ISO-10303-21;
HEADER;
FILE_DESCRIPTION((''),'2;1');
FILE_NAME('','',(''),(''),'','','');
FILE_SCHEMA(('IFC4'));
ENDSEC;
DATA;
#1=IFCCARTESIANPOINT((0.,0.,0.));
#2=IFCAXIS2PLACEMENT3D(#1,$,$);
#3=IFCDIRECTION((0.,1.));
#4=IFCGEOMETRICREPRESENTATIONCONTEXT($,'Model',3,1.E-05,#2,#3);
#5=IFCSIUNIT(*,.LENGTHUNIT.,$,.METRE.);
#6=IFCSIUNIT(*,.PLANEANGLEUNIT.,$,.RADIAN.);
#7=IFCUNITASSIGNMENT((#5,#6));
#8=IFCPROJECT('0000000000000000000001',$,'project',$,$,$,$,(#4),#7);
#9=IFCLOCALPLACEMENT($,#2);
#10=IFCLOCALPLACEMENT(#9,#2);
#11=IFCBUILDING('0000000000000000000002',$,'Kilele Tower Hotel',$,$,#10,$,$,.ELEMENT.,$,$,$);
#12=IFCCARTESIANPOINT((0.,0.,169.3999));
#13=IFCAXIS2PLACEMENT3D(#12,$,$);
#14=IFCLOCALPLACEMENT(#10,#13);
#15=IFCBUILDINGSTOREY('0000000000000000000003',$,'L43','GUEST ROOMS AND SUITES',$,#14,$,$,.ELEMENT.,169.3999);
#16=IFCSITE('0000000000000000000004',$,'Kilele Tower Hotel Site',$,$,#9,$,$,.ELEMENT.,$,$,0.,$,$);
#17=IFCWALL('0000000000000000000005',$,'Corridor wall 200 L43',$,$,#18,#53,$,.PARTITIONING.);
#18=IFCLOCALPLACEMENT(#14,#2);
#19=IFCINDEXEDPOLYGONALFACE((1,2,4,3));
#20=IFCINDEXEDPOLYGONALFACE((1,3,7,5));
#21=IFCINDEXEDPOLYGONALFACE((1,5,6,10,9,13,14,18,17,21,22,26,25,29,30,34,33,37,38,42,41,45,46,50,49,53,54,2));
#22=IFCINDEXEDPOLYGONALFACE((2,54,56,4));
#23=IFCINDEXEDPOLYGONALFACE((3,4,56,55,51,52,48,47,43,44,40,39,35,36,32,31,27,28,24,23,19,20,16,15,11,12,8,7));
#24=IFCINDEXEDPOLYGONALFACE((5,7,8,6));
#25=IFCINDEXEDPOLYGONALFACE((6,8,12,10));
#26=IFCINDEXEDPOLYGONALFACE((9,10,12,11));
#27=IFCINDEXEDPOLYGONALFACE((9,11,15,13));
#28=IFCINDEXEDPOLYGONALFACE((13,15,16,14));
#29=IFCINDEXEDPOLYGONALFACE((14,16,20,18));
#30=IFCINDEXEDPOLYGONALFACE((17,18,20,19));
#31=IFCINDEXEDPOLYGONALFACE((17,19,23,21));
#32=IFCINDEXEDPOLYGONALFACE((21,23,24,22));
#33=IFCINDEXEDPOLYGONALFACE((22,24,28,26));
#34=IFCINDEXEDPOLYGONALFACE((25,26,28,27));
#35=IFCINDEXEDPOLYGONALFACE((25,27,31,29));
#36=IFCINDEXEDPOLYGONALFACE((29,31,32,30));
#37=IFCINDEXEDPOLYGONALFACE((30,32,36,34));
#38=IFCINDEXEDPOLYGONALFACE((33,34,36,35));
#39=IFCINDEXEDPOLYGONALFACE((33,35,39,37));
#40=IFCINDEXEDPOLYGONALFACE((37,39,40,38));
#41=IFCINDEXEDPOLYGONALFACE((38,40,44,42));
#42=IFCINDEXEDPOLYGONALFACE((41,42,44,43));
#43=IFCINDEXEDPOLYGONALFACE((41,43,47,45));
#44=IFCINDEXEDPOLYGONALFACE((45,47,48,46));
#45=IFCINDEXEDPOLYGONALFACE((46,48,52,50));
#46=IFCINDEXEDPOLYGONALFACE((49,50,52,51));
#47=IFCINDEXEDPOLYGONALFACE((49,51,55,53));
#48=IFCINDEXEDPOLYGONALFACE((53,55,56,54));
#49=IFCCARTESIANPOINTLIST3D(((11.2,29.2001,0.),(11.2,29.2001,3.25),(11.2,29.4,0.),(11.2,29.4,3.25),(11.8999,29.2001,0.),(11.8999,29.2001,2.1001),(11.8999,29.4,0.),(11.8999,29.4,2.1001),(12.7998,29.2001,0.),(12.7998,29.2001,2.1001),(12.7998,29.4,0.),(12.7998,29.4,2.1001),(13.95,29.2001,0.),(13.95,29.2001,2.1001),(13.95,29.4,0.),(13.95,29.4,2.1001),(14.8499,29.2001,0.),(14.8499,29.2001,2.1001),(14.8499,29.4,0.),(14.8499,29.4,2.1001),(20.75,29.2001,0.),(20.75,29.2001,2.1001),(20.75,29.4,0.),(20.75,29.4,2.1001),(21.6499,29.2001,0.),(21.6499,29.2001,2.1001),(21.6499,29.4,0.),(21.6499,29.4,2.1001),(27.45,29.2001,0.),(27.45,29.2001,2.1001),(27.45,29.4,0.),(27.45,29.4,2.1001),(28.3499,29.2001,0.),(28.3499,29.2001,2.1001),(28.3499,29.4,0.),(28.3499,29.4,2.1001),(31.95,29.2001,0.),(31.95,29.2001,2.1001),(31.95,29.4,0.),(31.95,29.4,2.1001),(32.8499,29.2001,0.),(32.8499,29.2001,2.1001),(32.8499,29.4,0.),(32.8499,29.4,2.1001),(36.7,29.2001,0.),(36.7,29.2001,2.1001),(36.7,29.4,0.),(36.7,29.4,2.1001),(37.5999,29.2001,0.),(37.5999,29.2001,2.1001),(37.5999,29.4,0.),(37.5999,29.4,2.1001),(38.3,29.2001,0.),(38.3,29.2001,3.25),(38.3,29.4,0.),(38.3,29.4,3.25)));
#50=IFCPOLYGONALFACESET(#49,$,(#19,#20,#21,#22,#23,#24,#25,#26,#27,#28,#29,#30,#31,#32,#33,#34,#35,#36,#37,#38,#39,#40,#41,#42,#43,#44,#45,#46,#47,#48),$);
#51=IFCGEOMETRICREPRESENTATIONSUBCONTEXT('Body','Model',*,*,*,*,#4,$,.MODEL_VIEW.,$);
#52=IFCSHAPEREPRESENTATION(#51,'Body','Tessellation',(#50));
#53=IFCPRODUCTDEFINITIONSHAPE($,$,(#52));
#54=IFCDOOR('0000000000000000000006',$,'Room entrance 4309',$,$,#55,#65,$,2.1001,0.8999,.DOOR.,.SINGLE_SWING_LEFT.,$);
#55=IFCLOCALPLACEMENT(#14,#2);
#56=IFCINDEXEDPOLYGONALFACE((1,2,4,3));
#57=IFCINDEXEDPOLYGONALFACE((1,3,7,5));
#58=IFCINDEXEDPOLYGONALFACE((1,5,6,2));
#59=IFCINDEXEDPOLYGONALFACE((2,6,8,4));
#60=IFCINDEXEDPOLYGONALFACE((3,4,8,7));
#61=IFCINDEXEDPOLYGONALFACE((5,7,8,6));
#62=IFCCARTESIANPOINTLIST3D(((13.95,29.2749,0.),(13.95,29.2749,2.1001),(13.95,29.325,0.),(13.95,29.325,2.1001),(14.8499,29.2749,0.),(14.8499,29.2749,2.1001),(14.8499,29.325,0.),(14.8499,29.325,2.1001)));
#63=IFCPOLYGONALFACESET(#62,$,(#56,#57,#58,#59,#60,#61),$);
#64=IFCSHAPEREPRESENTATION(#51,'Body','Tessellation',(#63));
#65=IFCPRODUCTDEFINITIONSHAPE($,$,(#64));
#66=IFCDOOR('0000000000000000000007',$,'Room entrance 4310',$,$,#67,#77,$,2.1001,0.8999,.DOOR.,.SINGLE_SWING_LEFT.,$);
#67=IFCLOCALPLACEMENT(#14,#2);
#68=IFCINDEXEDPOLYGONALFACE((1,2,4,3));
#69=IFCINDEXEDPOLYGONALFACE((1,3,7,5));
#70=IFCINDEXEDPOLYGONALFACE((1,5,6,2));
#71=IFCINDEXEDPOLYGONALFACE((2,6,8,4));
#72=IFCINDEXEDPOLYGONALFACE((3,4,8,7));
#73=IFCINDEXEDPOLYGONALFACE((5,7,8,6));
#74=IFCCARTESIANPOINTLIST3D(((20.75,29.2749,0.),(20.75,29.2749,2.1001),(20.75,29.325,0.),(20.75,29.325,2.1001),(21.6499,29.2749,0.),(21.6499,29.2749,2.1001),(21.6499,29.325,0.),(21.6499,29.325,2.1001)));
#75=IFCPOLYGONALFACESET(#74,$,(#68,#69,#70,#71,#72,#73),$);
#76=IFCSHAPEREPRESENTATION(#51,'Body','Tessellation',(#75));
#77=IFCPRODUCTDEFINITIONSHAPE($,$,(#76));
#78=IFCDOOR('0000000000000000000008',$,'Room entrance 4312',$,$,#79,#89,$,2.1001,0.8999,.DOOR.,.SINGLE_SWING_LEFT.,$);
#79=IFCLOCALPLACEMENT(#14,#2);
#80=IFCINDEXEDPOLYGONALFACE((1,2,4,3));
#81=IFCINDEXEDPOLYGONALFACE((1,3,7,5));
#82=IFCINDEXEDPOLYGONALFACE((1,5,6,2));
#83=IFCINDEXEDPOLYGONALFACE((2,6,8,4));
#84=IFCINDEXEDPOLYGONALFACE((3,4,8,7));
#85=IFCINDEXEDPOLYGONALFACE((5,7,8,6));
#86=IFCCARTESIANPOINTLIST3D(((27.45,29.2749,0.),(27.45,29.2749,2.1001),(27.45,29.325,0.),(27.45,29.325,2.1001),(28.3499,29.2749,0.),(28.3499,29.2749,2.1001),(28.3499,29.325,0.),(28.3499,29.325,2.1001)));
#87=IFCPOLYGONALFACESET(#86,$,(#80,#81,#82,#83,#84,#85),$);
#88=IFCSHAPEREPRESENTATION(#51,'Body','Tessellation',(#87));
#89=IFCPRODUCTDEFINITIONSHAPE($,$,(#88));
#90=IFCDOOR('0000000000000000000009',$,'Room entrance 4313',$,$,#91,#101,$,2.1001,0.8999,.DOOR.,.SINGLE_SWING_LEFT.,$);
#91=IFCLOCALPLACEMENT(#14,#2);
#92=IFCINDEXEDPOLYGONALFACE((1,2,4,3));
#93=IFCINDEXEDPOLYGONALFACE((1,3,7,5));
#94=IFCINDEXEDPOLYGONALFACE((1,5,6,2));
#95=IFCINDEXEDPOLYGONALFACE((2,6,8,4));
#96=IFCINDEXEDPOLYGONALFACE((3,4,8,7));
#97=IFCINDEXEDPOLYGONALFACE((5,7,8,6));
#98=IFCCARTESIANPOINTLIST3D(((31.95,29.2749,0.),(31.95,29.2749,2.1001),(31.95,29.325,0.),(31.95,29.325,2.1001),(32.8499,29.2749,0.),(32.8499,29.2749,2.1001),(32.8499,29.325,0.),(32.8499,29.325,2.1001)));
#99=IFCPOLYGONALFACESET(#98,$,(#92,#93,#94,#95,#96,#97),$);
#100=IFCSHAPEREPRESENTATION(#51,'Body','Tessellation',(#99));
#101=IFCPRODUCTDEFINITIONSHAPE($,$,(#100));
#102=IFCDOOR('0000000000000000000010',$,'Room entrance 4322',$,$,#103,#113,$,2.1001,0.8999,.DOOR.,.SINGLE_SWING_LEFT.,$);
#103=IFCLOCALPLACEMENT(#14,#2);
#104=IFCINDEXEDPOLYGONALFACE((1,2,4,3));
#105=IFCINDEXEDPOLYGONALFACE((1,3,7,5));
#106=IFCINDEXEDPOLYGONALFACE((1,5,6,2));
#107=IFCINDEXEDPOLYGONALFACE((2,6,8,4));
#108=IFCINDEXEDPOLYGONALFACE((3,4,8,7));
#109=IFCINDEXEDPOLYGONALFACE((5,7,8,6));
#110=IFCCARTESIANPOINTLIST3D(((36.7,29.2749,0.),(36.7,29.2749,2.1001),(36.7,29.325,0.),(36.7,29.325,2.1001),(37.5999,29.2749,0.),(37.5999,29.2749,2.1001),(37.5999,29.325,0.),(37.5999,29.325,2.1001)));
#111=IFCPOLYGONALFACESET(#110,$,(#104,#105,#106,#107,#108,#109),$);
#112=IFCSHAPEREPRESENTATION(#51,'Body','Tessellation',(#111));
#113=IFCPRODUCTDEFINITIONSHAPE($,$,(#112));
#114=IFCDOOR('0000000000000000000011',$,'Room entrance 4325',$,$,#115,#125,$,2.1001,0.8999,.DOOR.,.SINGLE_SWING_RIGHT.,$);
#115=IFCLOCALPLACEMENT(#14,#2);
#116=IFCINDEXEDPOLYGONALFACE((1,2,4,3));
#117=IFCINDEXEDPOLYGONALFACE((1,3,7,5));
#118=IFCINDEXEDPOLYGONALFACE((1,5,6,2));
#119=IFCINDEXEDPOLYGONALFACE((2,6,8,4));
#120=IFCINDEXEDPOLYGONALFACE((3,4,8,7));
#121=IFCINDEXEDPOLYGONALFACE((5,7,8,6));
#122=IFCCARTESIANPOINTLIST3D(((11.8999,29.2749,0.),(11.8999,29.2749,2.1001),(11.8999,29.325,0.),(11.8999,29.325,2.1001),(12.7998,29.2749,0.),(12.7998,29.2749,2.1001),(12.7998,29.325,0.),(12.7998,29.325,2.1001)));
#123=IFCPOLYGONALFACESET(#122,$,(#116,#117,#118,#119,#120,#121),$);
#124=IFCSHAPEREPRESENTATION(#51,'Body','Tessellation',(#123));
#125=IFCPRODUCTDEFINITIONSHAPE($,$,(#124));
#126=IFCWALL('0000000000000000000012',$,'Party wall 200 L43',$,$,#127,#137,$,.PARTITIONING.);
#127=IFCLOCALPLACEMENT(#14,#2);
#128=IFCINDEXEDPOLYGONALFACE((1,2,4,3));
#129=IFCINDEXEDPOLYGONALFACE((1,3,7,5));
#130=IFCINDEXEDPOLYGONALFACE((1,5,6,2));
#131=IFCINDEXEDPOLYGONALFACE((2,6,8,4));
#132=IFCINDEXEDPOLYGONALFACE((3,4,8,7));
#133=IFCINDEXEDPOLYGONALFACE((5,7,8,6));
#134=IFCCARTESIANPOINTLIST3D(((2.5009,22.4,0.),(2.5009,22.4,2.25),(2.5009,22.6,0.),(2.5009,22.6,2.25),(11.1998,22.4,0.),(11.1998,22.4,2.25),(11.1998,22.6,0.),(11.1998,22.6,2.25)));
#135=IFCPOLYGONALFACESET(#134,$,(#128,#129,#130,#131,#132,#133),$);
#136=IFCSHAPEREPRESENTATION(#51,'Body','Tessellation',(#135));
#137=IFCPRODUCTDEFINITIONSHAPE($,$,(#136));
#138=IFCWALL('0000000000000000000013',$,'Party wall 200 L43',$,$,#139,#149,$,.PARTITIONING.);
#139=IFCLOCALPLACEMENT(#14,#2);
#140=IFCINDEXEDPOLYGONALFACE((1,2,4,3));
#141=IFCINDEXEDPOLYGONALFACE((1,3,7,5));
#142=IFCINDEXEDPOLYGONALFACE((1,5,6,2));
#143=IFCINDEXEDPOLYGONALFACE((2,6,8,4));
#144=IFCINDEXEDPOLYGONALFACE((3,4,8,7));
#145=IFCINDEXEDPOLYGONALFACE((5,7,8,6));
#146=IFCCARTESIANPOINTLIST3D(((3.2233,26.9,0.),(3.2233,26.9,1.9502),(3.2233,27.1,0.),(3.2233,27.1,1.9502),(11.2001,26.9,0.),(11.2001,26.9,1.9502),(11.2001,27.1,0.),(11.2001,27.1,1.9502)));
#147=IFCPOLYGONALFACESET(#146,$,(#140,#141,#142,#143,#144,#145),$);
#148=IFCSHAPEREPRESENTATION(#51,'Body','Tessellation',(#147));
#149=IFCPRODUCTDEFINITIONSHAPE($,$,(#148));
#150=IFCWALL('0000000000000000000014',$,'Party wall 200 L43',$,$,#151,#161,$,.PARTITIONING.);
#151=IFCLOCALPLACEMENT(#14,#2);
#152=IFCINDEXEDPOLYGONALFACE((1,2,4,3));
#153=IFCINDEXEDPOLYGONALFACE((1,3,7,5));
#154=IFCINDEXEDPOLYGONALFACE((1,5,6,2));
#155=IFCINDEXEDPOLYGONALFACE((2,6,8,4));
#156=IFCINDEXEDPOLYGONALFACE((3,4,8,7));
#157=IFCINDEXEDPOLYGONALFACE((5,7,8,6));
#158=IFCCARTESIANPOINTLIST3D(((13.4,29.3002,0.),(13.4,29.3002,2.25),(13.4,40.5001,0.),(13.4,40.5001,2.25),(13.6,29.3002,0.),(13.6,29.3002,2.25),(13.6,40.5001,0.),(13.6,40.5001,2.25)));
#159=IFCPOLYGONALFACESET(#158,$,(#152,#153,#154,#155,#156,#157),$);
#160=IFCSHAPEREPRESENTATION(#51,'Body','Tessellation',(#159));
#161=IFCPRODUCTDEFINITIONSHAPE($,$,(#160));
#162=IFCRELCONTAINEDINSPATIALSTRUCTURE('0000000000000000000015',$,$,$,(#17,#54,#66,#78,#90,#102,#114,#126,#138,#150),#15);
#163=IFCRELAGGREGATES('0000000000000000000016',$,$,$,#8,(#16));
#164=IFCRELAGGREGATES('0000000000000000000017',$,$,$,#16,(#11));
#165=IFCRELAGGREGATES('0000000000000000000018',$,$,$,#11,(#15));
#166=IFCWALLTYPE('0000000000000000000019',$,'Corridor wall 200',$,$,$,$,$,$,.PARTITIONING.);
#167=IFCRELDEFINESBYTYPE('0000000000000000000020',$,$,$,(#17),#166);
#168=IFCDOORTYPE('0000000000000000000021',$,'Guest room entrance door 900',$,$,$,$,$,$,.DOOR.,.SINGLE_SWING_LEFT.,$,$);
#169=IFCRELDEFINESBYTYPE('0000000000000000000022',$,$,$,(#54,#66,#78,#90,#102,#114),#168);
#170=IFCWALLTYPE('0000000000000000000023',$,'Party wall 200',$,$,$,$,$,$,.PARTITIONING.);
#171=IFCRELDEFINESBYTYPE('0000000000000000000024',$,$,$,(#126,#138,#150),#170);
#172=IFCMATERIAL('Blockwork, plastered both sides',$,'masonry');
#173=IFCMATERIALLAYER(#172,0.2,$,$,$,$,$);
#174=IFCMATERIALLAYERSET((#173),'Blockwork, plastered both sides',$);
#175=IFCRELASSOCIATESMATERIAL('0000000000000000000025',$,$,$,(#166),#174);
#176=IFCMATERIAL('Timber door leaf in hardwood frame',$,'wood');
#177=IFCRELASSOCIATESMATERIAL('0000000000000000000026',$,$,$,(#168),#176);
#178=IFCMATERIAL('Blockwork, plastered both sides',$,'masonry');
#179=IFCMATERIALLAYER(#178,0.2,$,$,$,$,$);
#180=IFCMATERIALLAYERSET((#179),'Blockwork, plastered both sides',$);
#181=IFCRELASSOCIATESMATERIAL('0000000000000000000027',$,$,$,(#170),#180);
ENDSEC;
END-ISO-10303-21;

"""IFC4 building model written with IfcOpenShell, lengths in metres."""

from ifc_helpers import new_model, si_unit, direction, frame, frame_2d, origin, place, context, subcontext, project, spatial, rectangle, extrude, material, layer, layer_set, type_object, element, fill, save


model = new_model("IFC4")

# Units and contexts
model_context = context("Model", 3, precision=1e-05, world=origin(), true_north=direction((0.0, 1.0)))
body_context = subcontext(model_context, "Body", "Model", "MODEL_VIEW")
ifc_project = project(units=[si_unit("LENGTHUNIT", "METRE"), si_unit("PLANEANGLEUNIT", "RADIAN")], contexts=[model_context])

# Site, building, storey
site_placement = place(None, origin())
site = spatial("IfcSite", under=ifc_project, at=site_placement, Name="Kilele Tower Hotel Site", CompositionType="ELEMENT", RefElevation=0.0)
building_placement = place(site_placement, origin())
building = spatial("IfcBuilding", under=site, at=building_placement, Name="Kilele Tower Hotel", CompositionType="ELEMENT")
storey_placement = place(building_placement, frame((0.0, 0.0, 169.3999)))
storey = spatial("IfcBuildingStorey", under=building, at=storey_placement, Name="L43", Description="GUEST ROOMS AND SUITES", CompositionType="ELEMENT", Elevation=169.3999)

# Wall, openings, doors
ifc_material_1 = material(Name="Blockwork, plastered both sides", Category="masonry")
ifc_layer_1 = layer(ifc_material_1, 0.2)
ifc_layer_set_1 = layer_set([ifc_layer_1], Name="Blockwork, plastered both sides")
wall_type_1 = type_object("IfcWallType", Name="Corridor wall 200", PredefinedType="PARTITIONING", material=ifc_layer_set_1)
wall_1_placement = place(storey_placement, frame((11.2, 29.3, 0.0), z_axis=(0.0, 0.0, 1.0), x_axis=(1.0, 0.0, 0.0)))
wall_1 = element("IfcWall", 1, at=wall_1_placement, inside=storey, type_object=wall_type_1, Name="Corridor wall 200 L43", PredefinedType="PARTITIONING", context=body_context, shape_type="SweptSolid", body=[
    extrude(rectangle(XDim=27.1001, YDim=0.2, at=frame_2d((13.55, 0.0))), origin(), (0.0, 0.0, 1.0), 3.25),
])
opening_1_placement = place(wall_1_placement, frame((2.75, 0.0, 0.0)))
opening_1 = element("IfcOpeningElement", 2, at=opening_1_placement, cuts=wall_1, PredefinedType="OPENING", context=body_context, shape_type="SweptSolid", body=[
    extrude(rectangle(XDim=0.8999, YDim=2.1001, at=frame_2d((0.45, 1.05))), frame((0.0, 0.1099, 0.0), z_axis=(0.0, -1.0, 0.0), x_axis=(1.0, 0.0, 0.0)), (0.0, 0.0, 1.0), 0.22),
])
opening_2_placement = place(wall_1_placement, frame((9.55, 0.0, 0.0)))
opening_2 = element("IfcOpeningElement", 3, at=opening_2_placement, cuts=wall_1, PredefinedType="OPENING", context=body_context, shape_type="SweptSolid", body=[
    extrude(rectangle(XDim=0.8999, YDim=2.1001, at=frame_2d((0.45, 1.05))), frame((0.0, 0.1099, 0.0), z_axis=(0.0, -1.0, 0.0), x_axis=(1.0, 0.0, 0.0)), (0.0, 0.0, 1.0), 0.22),
])
opening_3_placement = place(wall_1_placement, frame((16.25, 0.0, 0.0)))
opening_3 = element("IfcOpeningElement", 4, at=opening_3_placement, cuts=wall_1, PredefinedType="OPENING", context=body_context, shape_type="SweptSolid", body=[
    extrude(rectangle(XDim=0.8999, YDim=2.1001, at=frame_2d((0.45, 1.05))), frame((0.0, 0.1099, 0.0), z_axis=(0.0, -1.0, 0.0), x_axis=(1.0, 0.0, 0.0)), (0.0, 0.0, 1.0), 0.22),
])
opening_4_placement = place(wall_1_placement, frame((20.75, 0.0, 0.0)))
opening_4 = element("IfcOpeningElement", 5, at=opening_4_placement, cuts=wall_1, PredefinedType="OPENING", context=body_context, shape_type="SweptSolid", body=[
    extrude(rectangle(XDim=0.8999, YDim=2.1001, at=frame_2d((0.45, 1.05))), frame((0.0, 0.1099, 0.0), z_axis=(0.0, -1.0, 0.0), x_axis=(1.0, 0.0, 0.0)), (0.0, 0.0, 1.0), 0.22),
])
opening_5_placement = place(wall_1_placement, frame((25.5, 0.0, 0.0)))
opening_5 = element("IfcOpeningElement", 6, at=opening_5_placement, cuts=wall_1, PredefinedType="OPENING", context=body_context, shape_type="SweptSolid", body=[
    extrude(rectangle(XDim=0.8999, YDim=2.1001, at=frame_2d((0.45, 1.05))), frame((0.0, 0.1099, 0.0), z_axis=(0.0, -1.0, 0.0), x_axis=(1.0, 0.0, 0.0)), (0.0, 0.0, 1.0), 0.22),
])
opening_6_placement = place(wall_1_placement, frame((0.7, 0.0, 0.0)))
opening_6 = element("IfcOpeningElement", 7, at=opening_6_placement, cuts=wall_1, PredefinedType="OPENING", context=body_context, shape_type="SweptSolid", body=[
    extrude(rectangle(XDim=0.8999, YDim=2.1001, at=frame_2d((0.45, 1.05))), frame((0.0, 0.1099, 0.0), z_axis=(0.0, -1.0, 0.0), x_axis=(1.0, 0.0, 0.0)), (0.0, 0.0, 1.0), 0.22),
])
ifc_material_2 = material(Name="Timber door leaf in hardwood frame", Category="wood")
door_type_1 = type_object("IfcDoorType", Name="Guest room entrance door 900", OperationType="SINGLE_SWING_LEFT", PredefinedType="DOOR", material=ifc_material_2)
door_1_placement = place(opening_1_placement, origin())
door_1 = element("IfcDoor", 8, at=door_1_placement, inside=storey, type_object=door_type_1, Name="Room entrance 4309", OperationType="SINGLE_SWING_LEFT", OverallHeight=2.1001, OverallWidth=0.8999, PredefinedType="DOOR", context=body_context, shape_type="SweptSolid", body=[
    extrude(rectangle(XDim=0.8999, YDim=2.1001, at=frame_2d((0.45, 1.05))), frame((0.0, 0.0249, 0.0), z_axis=(0.0, -1.0, 0.0), x_axis=(1.0, 0.0, 0.0)), (0.0, 0.0, 1.0), 0.05),
])
fill(opening_1, door_1)
door_2_placement = place(opening_2_placement, origin())
door_2 = element("IfcDoor", 9, at=door_2_placement, inside=storey, type_object=door_type_1, Name="Room entrance 4310", OperationType="SINGLE_SWING_LEFT", OverallHeight=2.1001, OverallWidth=0.8999, PredefinedType="DOOR", context=body_context, shape_type="SweptSolid", body=[
    extrude(rectangle(XDim=0.8999, YDim=2.1001, at=frame_2d((0.45, 1.05))), frame((0.0, 0.0249, 0.0), z_axis=(0.0, -1.0, 0.0), x_axis=(1.0, 0.0, 0.0)), (0.0, 0.0, 1.0), 0.05),
])
fill(opening_2, door_2)
door_3_placement = place(opening_3_placement, origin())
door_3 = element("IfcDoor", 10, at=door_3_placement, inside=storey, type_object=door_type_1, Name="Room entrance 4312", OperationType="SINGLE_SWING_LEFT", OverallHeight=2.1001, OverallWidth=0.8999, PredefinedType="DOOR", context=body_context, shape_type="SweptSolid", body=[
    extrude(rectangle(XDim=0.8999, YDim=2.1001, at=frame_2d((0.45, 1.05))), frame((0.0, 0.0249, 0.0), z_axis=(0.0, -1.0, 0.0), x_axis=(1.0, 0.0, 0.0)), (0.0, 0.0, 1.0), 0.05),
])
fill(opening_3, door_3)
door_4_placement = place(opening_4_placement, origin())
door_4 = element("IfcDoor", 11, at=door_4_placement, inside=storey, type_object=door_type_1, Name="Room entrance 4313", OperationType="SINGLE_SWING_LEFT", OverallHeight=2.1001, OverallWidth=0.8999, PredefinedType="DOOR", context=body_context, shape_type="SweptSolid", body=[
    extrude(rectangle(XDim=0.8999, YDim=2.1001, at=frame_2d((0.45, 1.05))), frame((0.0, 0.0249, 0.0), z_axis=(0.0, -1.0, 0.0), x_axis=(1.0, 0.0, 0.0)), (0.0, 0.0, 1.0), 0.05),
])
fill(opening_4, door_4)
door_5_placement = place(opening_5_placement, origin())
door_5 = element("IfcDoor", 12, at=door_5_placement, inside=storey, type_object=door_type_1, Name="Room entrance 4322", OperationType="SINGLE_SWING_LEFT", OverallHeight=2.1001, OverallWidth=0.8999, PredefinedType="DOOR", context=body_context, shape_type="SweptSolid", body=[
    extrude(rectangle(XDim=0.8999, YDim=2.1001, at=frame_2d((0.45, 1.05))), frame((0.0, 0.0249, 0.0), z_axis=(0.0, -1.0, 0.0), x_axis=(1.0, 0.0, 0.0)), (0.0, 0.0, 1.0), 0.05),
])
fill(opening_5, door_5)
door_6_placement = place(opening_6_placement, origin())
door_6 = element("IfcDoor", 13, at=door_6_placement, inside=storey, type_object=door_type_1, Name="Room entrance 4325", OperationType="SINGLE_SWING_RIGHT", OverallHeight=2.1001, OverallWidth=0.8999, PredefinedType="DOOR", context=body_context, shape_type="SweptSolid", body=[
    extrude(rectangle(XDim=0.8999, YDim=2.1001, at=frame_2d((0.45, 1.05))), frame((0.0, 0.0249, 0.0), z_axis=(0.0, -1.0, 0.0), x_axis=(1.0, 0.0, 0.0)), (0.0, 0.0, 1.0), 0.05),
])
fill(opening_6, door_6)

# Walls
ifc_material_3 = material(Name="Blockwork, plastered both sides", Category="masonry")
ifc_layer_2 = layer(ifc_material_3, 0.2)
ifc_layer_set_2 = layer_set([ifc_layer_2], Name="Blockwork, plastered both sides")
wall_type_2 = type_object("IfcWallType", Name="Party wall 200", PredefinedType="PARTITIONING", material=ifc_layer_set_2)
wall_2_placement = place(storey_placement, frame((11.2, 22.5, 0.0), z_axis=(0.0, 0.0, 1.0), x_axis=(-1.0, 0.0, 0.0)))
element("IfcWall", 14, at=wall_2_placement, inside=storey, type_object=wall_type_2, Name="Party wall 200 L43", PredefinedType="PARTITIONING", context=body_context, shape_type="SweptSolid", body=[
    extrude(rectangle(XDim=8.699, YDim=0.2, at=frame_2d((4.3496, 0.0))), origin(), (0.0, 0.0, 1.0), 2.25),
])
wall_3_placement = place(storey_placement, frame((11.2, 27.0, 0.0), z_axis=(0.0, 0.0, 1.0), x_axis=(-1.0, 0.0, 0.0)))
element("IfcWall", 15, at=wall_3_placement, inside=storey, type_object=wall_type_2, Name="Party wall 200 L43", PredefinedType="PARTITIONING", context=body_context, shape_type="SweptSolid", body=[
    extrude(rectangle(XDim=7.9768, YDim=0.2, at=frame_2d((3.9883, 0.0))), origin(), (0.0, 0.0, 1.0), 1.9502),
])
wall_4_placement = place(storey_placement, frame((13.5, 29.3, 0.0), z_axis=(0.0, 0.0, 1.0), x_axis=(0.0, 1.0, 0.0)))
element("IfcWall", 16, at=wall_4_placement, inside=storey, type_object=wall_type_2, Name="Party wall 200 L43", PredefinedType="PARTITIONING", context=body_context, shape_type="SweptSolid", body=[
    extrude(rectangle(XDim=11.2, YDim=0.2, at=frame_2d((5.6001, 0.0))), origin(), (0.0, 0.0, 1.0), 2.25),
])

save(model, "model.ifc")
